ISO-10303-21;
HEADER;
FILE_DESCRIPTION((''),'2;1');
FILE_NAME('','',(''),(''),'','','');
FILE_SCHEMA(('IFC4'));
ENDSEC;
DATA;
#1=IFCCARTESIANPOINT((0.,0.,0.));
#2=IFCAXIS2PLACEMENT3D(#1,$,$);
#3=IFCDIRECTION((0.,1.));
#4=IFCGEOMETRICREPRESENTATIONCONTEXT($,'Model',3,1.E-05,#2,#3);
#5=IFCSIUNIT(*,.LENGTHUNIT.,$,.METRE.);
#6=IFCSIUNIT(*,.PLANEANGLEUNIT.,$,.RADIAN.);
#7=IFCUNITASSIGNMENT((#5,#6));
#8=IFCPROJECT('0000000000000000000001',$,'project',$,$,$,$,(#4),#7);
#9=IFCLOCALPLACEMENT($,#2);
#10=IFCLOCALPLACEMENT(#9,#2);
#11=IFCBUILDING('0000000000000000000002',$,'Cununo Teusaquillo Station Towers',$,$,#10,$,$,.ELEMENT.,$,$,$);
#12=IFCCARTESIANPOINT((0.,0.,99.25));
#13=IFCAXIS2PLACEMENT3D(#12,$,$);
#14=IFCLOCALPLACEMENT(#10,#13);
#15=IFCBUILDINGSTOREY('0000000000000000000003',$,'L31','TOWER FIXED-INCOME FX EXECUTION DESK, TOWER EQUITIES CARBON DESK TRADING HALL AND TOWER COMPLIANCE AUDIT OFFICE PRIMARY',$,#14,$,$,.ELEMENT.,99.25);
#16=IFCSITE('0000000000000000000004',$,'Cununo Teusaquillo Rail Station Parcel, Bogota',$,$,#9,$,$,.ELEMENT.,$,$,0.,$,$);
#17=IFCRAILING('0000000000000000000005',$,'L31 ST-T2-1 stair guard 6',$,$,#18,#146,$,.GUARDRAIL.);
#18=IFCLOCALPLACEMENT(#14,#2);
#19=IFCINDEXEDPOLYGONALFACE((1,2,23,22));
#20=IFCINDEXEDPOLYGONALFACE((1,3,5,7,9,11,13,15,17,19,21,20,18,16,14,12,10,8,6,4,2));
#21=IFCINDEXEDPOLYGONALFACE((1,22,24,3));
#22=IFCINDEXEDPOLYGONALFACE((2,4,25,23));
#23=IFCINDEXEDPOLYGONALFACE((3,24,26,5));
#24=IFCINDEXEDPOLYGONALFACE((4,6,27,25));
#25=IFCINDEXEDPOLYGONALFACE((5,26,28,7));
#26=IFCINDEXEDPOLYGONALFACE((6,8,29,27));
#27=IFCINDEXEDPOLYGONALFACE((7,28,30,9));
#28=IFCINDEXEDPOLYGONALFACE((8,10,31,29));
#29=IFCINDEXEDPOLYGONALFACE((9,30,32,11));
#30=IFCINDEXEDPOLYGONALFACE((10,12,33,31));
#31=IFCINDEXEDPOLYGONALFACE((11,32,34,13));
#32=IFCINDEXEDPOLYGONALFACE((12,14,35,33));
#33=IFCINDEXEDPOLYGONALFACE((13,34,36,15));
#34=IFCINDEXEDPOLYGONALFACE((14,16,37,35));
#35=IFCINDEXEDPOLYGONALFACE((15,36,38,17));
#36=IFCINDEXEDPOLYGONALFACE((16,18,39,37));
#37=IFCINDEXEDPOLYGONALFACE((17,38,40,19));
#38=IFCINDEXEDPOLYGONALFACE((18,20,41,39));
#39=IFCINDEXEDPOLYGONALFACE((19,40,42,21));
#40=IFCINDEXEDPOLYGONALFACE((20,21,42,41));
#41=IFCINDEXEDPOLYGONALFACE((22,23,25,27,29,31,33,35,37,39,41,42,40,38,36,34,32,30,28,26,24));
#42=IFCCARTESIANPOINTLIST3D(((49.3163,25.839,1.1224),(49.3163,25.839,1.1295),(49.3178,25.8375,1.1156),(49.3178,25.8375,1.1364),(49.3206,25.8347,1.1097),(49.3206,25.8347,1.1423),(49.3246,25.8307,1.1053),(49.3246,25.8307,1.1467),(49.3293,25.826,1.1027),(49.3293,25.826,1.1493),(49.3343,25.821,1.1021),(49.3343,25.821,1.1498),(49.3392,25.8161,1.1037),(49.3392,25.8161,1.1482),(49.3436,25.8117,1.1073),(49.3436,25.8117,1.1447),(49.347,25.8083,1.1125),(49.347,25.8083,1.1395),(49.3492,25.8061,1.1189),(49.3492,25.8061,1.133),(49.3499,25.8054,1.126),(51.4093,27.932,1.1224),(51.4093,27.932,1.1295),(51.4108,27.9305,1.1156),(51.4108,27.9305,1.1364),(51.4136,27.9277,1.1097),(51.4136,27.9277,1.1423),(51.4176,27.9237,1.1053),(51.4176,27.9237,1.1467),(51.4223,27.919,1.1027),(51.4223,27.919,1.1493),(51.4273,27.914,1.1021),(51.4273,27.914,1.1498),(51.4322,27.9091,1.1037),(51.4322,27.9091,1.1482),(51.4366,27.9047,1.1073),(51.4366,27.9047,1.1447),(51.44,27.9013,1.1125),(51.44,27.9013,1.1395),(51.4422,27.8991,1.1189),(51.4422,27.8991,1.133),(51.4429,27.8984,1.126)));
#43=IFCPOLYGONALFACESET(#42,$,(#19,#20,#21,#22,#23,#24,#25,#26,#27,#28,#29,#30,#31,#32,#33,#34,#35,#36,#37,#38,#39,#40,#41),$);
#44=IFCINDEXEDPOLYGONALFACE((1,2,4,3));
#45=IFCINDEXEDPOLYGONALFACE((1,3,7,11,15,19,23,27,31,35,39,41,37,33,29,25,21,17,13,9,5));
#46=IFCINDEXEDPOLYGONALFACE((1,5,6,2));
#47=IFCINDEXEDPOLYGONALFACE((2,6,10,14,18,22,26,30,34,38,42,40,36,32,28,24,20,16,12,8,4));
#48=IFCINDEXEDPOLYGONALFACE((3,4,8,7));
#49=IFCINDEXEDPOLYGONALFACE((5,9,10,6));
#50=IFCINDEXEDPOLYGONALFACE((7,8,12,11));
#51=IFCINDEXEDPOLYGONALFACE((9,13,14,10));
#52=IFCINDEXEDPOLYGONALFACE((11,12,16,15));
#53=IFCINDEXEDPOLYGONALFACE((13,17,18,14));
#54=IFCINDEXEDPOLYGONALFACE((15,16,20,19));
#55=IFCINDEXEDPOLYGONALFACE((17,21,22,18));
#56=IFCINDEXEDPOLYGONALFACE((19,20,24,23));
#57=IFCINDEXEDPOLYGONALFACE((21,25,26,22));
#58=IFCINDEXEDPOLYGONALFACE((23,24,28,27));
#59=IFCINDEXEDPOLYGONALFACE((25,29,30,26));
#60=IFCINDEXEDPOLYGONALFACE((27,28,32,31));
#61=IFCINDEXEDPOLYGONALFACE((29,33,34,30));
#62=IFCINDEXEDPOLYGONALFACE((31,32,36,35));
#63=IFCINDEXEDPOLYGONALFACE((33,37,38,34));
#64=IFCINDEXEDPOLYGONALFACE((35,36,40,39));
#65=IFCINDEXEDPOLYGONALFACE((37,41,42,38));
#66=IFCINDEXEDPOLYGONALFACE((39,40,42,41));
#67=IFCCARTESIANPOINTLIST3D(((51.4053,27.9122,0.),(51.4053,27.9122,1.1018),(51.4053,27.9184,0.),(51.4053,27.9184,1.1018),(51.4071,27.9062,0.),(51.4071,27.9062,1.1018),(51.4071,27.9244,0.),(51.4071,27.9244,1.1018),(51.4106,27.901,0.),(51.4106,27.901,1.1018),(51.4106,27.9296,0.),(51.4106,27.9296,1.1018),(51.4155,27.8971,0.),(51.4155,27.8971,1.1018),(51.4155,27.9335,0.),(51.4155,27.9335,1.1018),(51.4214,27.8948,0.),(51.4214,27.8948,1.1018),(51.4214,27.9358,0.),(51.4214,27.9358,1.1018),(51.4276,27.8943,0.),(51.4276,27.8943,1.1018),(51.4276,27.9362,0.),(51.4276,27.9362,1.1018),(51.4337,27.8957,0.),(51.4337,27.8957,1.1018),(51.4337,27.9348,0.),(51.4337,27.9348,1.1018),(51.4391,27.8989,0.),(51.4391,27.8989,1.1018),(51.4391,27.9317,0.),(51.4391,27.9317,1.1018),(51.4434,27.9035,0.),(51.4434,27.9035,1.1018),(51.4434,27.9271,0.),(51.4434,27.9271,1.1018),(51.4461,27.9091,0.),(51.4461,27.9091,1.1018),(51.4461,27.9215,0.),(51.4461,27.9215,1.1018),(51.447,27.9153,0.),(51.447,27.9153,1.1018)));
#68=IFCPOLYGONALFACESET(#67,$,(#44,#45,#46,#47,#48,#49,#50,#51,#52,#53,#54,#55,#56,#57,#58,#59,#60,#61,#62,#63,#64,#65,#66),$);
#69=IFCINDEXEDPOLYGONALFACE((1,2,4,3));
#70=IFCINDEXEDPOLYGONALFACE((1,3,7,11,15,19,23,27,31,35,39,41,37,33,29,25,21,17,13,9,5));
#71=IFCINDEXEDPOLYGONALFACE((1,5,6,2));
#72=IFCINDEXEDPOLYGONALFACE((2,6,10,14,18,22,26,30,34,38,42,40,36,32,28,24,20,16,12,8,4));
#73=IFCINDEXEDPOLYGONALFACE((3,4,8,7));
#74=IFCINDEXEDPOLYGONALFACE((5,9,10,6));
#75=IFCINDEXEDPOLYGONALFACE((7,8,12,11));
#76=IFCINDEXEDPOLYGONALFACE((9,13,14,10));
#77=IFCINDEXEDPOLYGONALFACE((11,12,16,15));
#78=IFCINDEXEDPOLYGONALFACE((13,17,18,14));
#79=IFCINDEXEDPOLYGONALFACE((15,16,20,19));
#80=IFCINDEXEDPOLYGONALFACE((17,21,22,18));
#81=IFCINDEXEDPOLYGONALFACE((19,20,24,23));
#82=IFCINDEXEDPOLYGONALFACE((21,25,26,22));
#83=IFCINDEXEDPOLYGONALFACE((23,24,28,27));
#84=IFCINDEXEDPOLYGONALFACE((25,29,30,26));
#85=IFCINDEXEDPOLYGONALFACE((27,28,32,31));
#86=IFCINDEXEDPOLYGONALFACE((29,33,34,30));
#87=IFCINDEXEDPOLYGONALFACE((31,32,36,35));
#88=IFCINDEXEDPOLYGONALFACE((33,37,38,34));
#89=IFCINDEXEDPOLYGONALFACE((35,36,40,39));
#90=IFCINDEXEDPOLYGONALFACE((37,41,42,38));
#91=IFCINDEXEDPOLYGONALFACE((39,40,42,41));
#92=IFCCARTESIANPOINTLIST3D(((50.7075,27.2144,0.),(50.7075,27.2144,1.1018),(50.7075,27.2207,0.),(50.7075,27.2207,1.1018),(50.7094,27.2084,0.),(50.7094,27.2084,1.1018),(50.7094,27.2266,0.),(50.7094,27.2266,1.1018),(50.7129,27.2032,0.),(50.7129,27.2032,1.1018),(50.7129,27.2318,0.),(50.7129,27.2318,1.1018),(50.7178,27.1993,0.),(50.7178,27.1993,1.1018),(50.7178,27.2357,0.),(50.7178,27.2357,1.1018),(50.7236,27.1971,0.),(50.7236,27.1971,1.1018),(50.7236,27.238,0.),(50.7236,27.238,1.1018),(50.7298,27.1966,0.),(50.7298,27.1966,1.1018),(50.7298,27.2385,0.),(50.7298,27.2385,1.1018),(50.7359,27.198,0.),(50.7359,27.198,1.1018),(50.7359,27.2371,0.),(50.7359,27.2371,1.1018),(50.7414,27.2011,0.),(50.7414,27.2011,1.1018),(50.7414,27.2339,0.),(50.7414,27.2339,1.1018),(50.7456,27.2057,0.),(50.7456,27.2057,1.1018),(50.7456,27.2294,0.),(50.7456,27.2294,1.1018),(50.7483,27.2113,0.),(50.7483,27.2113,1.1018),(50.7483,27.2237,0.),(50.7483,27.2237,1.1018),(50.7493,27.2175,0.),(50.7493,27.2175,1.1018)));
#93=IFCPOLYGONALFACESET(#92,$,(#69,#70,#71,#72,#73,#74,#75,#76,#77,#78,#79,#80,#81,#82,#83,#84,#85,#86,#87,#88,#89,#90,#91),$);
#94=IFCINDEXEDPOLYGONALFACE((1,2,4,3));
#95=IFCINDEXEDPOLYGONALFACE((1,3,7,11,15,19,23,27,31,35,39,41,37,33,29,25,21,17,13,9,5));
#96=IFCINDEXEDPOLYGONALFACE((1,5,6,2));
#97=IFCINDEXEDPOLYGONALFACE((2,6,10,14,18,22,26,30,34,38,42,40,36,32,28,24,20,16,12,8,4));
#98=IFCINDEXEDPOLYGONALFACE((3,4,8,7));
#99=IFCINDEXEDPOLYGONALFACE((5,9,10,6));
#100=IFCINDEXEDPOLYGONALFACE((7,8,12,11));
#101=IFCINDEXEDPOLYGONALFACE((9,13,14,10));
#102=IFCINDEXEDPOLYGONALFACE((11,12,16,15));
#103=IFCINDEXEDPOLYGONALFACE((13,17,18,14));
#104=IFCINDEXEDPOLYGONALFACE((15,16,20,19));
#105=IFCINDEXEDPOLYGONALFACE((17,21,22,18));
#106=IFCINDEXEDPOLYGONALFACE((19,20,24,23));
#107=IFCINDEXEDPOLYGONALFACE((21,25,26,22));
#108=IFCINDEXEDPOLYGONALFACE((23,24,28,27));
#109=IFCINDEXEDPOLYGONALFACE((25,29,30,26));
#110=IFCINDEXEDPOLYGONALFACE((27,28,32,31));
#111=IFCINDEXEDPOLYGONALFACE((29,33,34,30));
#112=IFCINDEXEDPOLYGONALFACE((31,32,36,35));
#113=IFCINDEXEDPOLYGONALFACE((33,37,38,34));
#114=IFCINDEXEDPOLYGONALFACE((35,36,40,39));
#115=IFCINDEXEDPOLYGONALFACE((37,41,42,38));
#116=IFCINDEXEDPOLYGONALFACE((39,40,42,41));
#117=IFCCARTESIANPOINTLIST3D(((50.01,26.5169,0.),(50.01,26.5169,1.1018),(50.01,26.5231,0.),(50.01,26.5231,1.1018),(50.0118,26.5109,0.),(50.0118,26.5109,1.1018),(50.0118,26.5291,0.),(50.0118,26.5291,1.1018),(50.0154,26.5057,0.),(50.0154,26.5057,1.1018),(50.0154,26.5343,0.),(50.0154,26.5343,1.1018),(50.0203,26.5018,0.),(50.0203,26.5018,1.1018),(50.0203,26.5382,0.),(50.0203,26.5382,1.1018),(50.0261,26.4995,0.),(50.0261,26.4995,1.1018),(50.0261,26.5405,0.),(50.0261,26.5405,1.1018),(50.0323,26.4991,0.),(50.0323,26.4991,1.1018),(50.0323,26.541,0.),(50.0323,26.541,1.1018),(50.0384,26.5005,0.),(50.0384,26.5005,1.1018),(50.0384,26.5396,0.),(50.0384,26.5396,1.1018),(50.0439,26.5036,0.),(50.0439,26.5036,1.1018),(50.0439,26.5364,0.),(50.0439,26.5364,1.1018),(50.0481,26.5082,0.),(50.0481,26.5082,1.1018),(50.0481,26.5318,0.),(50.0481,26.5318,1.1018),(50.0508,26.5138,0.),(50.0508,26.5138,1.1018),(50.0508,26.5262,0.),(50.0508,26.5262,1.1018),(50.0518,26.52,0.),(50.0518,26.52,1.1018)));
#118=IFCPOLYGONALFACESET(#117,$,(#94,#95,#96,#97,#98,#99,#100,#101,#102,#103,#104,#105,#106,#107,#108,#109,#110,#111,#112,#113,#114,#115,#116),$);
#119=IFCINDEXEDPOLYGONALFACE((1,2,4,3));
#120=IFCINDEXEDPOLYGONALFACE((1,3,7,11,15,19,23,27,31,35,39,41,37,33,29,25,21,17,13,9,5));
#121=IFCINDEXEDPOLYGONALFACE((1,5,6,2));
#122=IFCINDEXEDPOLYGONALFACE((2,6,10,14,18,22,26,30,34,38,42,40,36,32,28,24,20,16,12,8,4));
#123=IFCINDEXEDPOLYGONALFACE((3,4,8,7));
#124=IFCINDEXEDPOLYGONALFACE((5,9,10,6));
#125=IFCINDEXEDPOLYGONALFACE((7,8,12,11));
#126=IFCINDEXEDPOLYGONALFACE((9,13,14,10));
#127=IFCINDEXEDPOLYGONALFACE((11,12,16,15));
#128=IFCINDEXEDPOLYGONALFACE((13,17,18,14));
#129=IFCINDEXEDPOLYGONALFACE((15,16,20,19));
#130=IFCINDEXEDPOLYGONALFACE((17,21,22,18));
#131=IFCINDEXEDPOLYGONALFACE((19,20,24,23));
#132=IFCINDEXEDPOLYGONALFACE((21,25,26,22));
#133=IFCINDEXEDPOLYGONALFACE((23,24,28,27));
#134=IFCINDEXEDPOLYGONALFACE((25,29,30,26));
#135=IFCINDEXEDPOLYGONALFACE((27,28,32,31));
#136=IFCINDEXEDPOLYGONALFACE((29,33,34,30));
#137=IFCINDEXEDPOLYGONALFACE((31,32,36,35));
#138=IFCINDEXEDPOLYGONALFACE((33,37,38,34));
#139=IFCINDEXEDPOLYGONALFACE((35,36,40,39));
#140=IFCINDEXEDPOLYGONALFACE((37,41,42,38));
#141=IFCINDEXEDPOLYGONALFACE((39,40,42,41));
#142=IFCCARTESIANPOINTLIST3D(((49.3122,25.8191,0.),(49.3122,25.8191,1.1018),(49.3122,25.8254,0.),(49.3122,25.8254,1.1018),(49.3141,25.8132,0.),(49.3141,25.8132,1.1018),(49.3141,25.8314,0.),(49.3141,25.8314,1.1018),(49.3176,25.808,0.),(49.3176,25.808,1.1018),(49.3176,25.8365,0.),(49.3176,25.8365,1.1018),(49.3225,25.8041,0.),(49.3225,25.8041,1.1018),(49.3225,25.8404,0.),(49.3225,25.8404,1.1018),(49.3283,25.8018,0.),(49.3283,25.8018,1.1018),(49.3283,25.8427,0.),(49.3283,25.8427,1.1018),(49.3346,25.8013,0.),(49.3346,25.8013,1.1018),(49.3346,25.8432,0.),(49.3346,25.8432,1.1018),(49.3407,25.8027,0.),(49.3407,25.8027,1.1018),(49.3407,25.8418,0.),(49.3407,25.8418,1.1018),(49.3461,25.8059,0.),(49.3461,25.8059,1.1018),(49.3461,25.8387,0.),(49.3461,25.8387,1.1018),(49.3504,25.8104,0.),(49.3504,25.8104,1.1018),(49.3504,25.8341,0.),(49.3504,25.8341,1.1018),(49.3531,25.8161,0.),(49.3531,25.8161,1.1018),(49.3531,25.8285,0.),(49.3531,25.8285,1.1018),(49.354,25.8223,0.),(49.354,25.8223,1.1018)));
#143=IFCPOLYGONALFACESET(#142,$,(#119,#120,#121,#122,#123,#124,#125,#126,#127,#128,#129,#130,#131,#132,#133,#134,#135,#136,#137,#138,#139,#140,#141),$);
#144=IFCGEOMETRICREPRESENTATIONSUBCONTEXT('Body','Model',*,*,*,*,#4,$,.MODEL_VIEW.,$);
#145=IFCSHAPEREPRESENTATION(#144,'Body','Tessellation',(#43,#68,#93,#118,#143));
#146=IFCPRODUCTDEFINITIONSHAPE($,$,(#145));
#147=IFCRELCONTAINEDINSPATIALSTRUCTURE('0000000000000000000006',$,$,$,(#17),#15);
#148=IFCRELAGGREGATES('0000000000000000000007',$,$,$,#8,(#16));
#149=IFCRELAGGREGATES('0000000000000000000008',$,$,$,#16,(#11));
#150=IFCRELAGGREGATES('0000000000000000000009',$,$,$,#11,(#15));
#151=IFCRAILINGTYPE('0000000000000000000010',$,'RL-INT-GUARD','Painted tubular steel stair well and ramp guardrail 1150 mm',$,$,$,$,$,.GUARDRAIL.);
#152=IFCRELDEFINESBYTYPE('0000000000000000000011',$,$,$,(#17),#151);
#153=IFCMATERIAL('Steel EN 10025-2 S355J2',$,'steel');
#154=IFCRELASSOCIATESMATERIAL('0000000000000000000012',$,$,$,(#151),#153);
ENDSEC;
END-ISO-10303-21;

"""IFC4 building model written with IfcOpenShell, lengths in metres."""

from ifc_helpers import new_model, si_unit, direction, frame, origin, origin_2d, place, context, subcontext, project, spatial, circle, extrude, material, type_object, element, save


model = new_model("IFC4")

# Units and contexts
model_context = context("Model", 3, precision=1e-05, world=origin(), true_north=direction((0.0, 1.0)))
body_context = subcontext(model_context, "Body", "Model", "MODEL_VIEW")
ifc_project = project(units=[si_unit("LENGTHUNIT", "METRE"), si_unit("PLANEANGLEUNIT", "RADIAN")], contexts=[model_context])

# Site, building, storey
site_placement = place(None, origin())
site = spatial("IfcSite", under=ifc_project, at=site_placement, Name="Cununo Teusaquillo Rail Station Parcel, Bogota", CompositionType="ELEMENT", RefElevation=0.0)
building_placement = place(site_placement, origin())
building = spatial("IfcBuilding", under=site, at=building_placement, Name="Cununo Teusaquillo Station Towers", CompositionType="ELEMENT")
storey_placement = place(building_placement, frame((0.0, 0.0, 99.25)))
storey = spatial("IfcBuildingStorey", under=building, at=storey_placement, Name="L31", Description="TOWER FIXED-INCOME FX EXECUTION DESK, TOWER EQUITIES CARBON DESK TRADING HALL AND TOWER COMPLIANCE AUDIT OFFICE PRIMARY", CompositionType="ELEMENT", Elevation=99.25)

# Railing
ifc_material_1 = material(Name="Steel EN 10025-2 S355J2", Category="steel")
railing_type = type_object("IfcRailingType", Name="RL-INT-GUARD", Description="Painted tubular steel stair well and ramp guardrail 1150 mm", PredefinedType="GUARDRAIL", material=ifc_material_1)
railing_1_placement = place(storey_placement, frame((51.426, 27.9153, 0.0)))
element("IfcRailing", 1, at=railing_1_placement, inside=storey, type_object=railing_type, Name="L31 ST-T2-1 stair guard 6", PredefinedType="GUARDRAIL", context=body_context, shape_type="SweptSolid", body=[
    extrude(circle(Radius=0.0239, at=origin_2d()), frame((0.0, 0.0, 1.126), z_axis=(-0.707107, -0.707107, 0.0), x_axis=(0.707107, -0.707107, 0.0)), (0.0, 0.0, 1.0), 2.96),
    extrude(circle(Radius=0.021, at=origin_2d()), origin(), (0.0, 0.0, 1.0), 1.1018),
    extrude(circle(Radius=0.021, at=origin_2d()), frame((-0.6978, -0.6978, 0.0)), (0.0, 0.0, 1.0), 1.1018),
    extrude(circle(Radius=0.021, at=origin_2d()), frame((-1.3953, -1.3953, 0.0)), (0.0, 0.0, 1.0), 1.1018),
    extrude(circle(Radius=0.021, at=origin_2d()), frame((-2.093, -2.093, 0.0)), (0.0, 0.0, 1.0), 1.1018),
])

save(model, "model.ifc")
